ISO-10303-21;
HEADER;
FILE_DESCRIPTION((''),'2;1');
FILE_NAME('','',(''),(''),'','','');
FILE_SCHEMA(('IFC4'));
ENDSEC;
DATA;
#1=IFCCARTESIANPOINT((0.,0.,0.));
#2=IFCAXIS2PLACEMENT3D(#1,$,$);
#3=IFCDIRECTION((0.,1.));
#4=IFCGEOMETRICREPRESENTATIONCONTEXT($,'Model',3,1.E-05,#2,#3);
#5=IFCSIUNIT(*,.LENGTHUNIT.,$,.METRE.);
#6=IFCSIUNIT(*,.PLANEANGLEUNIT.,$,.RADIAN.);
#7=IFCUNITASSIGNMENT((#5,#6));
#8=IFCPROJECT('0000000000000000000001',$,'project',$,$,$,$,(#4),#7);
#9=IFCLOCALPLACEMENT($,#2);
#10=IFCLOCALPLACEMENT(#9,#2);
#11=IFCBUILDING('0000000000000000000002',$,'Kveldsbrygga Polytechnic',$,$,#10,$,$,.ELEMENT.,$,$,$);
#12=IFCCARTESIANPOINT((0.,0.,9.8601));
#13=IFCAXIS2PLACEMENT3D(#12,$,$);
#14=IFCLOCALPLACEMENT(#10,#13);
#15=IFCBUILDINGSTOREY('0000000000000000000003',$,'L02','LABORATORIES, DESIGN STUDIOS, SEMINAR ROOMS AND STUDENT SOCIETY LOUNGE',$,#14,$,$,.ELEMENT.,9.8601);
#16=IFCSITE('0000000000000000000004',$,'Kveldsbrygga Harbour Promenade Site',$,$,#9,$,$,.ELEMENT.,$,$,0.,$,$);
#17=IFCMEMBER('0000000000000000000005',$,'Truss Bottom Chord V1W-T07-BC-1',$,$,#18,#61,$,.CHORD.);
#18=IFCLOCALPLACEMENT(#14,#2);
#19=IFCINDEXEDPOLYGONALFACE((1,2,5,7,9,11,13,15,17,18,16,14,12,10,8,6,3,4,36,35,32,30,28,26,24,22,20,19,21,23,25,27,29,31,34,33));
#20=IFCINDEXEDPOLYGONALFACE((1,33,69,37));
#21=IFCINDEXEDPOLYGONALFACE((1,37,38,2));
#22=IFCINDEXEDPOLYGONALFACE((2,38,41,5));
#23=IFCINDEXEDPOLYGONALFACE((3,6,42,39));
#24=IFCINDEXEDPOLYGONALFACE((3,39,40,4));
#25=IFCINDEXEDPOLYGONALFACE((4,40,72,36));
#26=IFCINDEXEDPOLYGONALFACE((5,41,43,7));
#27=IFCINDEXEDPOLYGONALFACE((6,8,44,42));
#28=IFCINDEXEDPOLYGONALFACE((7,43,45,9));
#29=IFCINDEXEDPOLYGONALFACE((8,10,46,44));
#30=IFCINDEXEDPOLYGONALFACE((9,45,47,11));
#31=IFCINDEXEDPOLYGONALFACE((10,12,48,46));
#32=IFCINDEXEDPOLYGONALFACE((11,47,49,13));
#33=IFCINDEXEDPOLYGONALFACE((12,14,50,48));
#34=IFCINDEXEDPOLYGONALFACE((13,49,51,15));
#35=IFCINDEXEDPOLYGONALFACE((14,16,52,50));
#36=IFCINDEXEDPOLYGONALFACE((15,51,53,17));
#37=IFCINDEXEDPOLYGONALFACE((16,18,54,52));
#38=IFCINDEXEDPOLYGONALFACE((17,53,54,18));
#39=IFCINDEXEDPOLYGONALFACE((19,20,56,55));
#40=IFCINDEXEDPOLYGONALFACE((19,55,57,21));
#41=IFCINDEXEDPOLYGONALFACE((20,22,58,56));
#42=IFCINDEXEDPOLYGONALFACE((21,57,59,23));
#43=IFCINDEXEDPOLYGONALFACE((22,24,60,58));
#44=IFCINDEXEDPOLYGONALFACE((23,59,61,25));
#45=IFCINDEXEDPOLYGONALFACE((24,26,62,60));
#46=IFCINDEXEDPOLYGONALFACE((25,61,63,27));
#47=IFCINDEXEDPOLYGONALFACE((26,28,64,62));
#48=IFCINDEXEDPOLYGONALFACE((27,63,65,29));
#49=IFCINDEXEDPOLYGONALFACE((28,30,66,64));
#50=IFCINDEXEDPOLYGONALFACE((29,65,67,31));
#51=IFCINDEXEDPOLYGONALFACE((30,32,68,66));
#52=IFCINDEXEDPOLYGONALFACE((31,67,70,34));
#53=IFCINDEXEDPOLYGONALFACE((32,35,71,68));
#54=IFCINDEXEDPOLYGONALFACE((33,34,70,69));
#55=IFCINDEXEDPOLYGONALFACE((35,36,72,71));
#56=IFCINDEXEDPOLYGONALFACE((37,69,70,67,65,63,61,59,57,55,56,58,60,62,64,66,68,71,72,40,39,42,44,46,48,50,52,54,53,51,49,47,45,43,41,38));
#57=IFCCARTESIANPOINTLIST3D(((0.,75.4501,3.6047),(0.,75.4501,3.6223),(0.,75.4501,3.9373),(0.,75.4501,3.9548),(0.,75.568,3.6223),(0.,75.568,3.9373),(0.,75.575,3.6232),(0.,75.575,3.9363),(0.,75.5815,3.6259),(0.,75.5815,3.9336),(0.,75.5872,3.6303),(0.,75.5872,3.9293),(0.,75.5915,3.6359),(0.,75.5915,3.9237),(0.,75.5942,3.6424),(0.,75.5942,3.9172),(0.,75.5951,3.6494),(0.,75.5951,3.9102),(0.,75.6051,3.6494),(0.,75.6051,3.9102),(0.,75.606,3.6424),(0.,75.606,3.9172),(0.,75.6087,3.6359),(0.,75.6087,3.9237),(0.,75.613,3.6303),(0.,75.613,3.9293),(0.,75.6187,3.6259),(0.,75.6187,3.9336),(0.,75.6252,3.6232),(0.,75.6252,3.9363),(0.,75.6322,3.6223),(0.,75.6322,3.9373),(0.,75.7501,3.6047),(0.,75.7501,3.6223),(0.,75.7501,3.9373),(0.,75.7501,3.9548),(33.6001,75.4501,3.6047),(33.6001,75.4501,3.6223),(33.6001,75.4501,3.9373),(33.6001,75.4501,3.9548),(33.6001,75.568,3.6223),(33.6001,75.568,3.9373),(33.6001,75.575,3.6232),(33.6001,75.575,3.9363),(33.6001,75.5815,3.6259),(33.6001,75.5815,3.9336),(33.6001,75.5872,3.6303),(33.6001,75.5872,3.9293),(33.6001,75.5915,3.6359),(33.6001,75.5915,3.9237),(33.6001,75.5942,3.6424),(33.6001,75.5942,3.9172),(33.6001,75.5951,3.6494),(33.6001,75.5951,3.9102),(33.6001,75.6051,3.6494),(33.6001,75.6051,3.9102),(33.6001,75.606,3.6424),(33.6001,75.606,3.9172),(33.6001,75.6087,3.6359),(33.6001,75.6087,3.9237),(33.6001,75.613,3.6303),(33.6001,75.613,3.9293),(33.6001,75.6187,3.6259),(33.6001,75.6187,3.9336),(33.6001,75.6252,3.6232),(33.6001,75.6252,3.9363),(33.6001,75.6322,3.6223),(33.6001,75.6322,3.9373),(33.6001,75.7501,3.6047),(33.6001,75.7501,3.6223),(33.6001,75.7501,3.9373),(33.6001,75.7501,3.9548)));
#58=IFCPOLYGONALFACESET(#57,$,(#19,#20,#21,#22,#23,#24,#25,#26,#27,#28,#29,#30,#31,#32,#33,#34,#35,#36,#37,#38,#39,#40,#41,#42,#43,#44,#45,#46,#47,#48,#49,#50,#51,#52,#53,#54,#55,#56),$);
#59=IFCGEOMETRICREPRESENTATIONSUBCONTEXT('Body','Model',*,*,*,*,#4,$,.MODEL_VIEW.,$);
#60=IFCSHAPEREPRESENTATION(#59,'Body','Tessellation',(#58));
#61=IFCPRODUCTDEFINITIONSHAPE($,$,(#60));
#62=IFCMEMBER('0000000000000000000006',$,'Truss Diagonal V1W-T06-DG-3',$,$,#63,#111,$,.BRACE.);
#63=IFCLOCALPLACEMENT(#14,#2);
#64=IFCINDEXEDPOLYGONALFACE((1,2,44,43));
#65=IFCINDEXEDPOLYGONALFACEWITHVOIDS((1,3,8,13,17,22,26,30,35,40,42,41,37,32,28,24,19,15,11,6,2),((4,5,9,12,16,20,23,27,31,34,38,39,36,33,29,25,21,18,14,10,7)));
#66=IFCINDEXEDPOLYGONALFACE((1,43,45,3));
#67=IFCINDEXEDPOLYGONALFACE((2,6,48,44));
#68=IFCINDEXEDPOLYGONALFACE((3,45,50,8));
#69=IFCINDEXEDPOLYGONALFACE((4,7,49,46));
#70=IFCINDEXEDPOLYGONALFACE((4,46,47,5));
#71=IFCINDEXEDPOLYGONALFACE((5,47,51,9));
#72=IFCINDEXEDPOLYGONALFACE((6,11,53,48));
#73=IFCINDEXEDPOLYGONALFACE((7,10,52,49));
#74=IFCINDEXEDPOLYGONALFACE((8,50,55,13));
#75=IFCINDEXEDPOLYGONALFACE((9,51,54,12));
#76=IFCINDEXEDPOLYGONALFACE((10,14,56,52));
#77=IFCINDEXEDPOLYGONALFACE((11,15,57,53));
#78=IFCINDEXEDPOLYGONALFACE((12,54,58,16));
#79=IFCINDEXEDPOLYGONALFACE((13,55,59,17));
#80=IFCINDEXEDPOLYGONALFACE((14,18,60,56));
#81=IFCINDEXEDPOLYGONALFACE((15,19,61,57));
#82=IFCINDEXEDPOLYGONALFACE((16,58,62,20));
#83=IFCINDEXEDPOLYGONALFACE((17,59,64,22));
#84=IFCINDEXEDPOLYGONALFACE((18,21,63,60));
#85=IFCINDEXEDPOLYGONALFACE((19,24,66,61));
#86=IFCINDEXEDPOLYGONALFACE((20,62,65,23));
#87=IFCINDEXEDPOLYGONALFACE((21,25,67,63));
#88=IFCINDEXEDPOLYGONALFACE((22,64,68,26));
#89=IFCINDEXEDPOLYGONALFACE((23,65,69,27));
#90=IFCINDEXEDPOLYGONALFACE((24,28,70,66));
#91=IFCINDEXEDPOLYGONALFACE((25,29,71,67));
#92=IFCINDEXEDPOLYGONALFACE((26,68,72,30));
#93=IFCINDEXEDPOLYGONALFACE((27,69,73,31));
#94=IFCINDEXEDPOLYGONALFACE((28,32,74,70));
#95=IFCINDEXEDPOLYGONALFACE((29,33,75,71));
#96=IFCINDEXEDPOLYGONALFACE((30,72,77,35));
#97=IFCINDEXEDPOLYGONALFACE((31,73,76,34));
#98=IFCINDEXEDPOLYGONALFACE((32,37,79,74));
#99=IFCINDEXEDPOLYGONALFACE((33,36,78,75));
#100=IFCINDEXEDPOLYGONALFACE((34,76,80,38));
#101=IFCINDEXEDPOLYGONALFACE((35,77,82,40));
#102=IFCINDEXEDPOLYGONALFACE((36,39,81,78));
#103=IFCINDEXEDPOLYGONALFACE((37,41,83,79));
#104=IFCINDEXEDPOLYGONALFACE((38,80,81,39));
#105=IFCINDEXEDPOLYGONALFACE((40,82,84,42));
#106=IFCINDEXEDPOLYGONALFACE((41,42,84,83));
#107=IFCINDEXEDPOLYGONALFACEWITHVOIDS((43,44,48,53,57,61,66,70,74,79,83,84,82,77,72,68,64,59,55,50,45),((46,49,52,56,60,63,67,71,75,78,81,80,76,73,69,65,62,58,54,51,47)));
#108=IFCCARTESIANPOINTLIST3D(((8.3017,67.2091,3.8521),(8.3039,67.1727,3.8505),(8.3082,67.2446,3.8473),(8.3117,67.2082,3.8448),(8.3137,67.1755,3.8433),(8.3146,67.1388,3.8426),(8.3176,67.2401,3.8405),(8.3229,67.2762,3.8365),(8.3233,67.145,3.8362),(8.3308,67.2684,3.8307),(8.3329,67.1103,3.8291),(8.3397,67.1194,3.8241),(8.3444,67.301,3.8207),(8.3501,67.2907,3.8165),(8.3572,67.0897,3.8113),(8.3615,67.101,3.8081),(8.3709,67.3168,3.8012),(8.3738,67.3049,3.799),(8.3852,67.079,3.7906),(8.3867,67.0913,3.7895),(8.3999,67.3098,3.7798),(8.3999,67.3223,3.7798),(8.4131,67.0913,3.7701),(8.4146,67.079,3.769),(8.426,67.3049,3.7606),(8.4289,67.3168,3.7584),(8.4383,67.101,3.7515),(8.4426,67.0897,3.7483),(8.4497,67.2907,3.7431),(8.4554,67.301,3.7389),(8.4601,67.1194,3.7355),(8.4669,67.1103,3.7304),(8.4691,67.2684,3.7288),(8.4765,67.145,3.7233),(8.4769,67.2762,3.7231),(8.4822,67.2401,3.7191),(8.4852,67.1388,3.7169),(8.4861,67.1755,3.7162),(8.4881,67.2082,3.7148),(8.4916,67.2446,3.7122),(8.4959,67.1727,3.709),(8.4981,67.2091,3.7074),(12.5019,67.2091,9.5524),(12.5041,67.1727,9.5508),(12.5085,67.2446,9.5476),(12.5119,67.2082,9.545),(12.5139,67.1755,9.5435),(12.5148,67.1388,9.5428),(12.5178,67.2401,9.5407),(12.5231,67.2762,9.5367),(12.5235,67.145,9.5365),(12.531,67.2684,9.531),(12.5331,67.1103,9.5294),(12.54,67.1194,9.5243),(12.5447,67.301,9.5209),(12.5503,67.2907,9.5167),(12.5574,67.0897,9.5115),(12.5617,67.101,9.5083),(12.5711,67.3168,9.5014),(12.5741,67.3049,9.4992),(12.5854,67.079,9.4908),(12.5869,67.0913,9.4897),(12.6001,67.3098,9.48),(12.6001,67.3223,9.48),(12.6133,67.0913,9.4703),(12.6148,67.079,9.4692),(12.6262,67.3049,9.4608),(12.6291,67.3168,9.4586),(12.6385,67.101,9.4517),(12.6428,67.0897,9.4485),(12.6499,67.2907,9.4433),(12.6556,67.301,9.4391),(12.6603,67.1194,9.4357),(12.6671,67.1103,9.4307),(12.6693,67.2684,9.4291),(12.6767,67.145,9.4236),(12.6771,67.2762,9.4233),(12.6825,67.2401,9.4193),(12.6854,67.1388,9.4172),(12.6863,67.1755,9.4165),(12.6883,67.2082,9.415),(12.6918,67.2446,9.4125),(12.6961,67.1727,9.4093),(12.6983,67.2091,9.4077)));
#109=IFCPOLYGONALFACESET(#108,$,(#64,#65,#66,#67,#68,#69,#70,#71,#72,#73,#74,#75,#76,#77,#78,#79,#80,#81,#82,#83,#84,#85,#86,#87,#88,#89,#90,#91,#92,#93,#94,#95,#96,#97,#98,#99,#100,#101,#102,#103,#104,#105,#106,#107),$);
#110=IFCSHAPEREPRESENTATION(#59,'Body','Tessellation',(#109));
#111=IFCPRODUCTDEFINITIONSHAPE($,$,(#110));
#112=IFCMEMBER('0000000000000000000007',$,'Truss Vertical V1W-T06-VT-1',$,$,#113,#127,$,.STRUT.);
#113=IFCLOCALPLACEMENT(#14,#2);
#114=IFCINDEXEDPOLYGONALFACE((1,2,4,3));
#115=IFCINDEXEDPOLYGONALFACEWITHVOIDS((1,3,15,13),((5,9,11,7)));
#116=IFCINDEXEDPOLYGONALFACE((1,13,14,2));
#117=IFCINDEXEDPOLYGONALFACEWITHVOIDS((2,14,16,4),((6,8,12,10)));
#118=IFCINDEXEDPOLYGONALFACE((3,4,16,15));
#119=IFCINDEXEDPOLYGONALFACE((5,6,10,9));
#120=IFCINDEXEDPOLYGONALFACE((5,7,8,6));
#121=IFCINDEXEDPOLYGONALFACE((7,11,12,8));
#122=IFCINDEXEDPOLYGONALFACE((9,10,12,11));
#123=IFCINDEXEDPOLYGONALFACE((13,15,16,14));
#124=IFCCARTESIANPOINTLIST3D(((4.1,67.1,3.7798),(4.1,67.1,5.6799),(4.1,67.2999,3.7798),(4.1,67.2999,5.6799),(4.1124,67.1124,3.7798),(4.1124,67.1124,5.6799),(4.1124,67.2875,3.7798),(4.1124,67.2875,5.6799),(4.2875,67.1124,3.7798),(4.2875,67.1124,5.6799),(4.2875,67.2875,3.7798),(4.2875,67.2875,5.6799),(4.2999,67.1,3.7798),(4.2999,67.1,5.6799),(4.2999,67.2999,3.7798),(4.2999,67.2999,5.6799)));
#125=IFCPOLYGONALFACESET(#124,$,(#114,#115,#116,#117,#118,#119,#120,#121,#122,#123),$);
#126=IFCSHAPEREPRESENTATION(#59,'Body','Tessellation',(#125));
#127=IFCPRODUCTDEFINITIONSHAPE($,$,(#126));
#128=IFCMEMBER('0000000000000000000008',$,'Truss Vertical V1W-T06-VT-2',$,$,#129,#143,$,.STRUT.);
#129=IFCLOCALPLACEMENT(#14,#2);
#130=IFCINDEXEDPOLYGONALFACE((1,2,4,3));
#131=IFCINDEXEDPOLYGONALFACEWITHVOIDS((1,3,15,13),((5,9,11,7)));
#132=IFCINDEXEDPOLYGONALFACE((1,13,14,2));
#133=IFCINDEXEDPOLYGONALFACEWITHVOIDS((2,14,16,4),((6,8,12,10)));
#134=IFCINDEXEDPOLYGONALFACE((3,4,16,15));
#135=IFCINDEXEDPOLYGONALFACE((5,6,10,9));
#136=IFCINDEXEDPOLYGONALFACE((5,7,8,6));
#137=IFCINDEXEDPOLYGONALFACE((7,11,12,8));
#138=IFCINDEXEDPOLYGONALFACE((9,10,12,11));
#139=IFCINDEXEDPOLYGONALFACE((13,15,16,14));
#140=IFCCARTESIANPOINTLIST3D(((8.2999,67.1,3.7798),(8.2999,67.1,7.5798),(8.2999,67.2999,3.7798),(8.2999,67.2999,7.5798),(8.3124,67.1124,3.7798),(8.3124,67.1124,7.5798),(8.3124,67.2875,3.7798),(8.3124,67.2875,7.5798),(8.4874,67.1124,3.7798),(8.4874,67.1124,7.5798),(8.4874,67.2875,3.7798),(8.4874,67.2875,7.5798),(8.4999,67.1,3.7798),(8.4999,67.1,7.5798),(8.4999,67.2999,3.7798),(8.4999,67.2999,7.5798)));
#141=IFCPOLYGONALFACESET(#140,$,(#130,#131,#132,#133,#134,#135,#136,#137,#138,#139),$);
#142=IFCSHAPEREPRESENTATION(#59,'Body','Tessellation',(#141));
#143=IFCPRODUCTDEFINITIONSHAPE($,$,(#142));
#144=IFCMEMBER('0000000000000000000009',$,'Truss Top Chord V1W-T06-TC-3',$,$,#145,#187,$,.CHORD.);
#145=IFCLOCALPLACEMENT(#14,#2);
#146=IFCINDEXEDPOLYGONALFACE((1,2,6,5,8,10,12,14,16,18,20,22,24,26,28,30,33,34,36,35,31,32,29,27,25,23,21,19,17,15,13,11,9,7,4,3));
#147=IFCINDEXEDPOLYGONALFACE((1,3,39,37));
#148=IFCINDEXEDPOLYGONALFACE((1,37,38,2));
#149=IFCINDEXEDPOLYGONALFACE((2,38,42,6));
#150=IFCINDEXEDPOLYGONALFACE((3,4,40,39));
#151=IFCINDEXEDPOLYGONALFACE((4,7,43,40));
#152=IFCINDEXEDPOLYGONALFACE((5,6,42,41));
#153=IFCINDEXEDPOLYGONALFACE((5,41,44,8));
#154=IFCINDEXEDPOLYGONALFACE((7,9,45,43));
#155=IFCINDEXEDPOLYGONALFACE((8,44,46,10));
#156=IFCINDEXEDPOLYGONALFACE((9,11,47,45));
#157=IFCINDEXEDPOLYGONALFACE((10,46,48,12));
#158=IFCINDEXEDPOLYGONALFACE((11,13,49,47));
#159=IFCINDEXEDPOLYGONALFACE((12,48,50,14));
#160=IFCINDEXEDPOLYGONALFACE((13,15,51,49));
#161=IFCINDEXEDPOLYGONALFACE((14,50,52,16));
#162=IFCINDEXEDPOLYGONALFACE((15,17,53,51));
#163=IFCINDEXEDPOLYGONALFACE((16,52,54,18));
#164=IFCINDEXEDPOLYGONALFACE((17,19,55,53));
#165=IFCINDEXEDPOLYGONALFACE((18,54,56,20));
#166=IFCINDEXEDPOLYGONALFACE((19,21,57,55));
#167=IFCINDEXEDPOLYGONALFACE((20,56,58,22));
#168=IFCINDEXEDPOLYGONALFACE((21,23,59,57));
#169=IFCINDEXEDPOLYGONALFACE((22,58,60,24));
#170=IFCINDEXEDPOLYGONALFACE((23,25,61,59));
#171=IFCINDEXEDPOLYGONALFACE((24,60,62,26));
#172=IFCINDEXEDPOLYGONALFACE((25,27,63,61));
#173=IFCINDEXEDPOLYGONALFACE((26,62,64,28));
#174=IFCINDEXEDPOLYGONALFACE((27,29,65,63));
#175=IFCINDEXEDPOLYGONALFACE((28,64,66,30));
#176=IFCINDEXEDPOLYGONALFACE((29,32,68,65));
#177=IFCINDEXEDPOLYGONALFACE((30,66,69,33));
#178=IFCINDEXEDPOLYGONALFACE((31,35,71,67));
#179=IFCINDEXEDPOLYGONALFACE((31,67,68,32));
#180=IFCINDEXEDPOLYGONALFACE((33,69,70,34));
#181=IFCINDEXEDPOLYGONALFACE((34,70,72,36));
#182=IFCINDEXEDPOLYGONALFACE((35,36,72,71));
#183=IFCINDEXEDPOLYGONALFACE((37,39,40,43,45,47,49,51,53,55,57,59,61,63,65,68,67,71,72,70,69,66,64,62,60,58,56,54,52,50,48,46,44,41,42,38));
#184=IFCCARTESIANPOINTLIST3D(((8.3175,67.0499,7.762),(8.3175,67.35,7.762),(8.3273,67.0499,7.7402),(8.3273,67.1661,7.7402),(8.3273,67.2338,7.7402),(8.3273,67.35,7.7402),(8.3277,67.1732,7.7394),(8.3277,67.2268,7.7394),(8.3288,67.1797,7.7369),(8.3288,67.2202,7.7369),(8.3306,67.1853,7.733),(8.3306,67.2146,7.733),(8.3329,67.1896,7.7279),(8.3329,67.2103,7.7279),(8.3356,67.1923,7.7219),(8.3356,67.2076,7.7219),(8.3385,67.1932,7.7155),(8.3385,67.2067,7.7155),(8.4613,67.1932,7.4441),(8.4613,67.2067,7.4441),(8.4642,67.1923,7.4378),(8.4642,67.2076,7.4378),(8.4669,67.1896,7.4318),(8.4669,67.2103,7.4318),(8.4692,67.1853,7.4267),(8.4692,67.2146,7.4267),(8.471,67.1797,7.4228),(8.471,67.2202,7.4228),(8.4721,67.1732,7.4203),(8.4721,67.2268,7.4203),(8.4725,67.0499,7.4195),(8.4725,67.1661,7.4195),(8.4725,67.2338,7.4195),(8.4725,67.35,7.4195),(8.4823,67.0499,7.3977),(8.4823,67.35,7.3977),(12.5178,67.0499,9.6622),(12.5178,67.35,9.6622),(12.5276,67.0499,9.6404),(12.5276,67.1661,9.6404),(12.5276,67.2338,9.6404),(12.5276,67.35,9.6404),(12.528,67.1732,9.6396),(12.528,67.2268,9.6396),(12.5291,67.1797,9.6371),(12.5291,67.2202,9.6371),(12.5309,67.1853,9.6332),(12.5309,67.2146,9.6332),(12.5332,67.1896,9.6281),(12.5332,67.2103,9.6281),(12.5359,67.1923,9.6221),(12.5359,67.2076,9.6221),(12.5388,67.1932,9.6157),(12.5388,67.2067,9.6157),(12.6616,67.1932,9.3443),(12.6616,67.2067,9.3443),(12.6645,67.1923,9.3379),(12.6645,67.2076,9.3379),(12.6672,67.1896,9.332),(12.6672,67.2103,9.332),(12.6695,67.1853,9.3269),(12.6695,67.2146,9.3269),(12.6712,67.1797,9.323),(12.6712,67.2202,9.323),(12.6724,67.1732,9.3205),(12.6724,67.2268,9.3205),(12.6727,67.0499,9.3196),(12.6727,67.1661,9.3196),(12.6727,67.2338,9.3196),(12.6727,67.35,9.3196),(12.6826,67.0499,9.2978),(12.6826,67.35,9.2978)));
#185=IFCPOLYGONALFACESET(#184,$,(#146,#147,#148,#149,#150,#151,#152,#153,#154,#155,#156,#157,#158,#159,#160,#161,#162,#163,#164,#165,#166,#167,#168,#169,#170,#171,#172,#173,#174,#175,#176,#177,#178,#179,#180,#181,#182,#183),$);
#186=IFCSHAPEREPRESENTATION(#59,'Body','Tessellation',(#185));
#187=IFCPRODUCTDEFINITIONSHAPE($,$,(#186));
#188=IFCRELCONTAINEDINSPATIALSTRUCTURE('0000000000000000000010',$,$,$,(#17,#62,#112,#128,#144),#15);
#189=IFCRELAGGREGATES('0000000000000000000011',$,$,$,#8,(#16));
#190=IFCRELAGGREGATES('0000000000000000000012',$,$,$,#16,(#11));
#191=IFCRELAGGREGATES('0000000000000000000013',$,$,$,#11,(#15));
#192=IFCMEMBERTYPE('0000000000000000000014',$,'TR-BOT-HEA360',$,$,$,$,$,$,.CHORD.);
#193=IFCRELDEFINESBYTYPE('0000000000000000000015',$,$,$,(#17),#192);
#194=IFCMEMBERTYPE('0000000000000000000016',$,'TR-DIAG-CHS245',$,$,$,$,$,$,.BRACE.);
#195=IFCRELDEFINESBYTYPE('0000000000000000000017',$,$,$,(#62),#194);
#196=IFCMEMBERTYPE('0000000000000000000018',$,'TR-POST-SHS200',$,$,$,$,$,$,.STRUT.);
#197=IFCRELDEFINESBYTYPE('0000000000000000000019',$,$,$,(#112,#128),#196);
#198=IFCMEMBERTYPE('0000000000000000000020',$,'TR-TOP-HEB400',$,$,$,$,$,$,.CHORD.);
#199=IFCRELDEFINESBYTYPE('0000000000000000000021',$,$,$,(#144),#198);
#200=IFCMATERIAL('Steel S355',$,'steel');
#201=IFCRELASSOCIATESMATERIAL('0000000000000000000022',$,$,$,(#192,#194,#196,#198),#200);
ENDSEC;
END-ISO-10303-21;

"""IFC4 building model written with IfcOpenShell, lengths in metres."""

from ifc_helpers import new_model, si_unit, direction, frame, origin, origin_2d, place, context, subcontext, project, spatial, hollow_rectangle, hollow_circle, i_section, extrude, material, material_profile, profile_set, type_object, element, save


model = new_model("IFC4")

# Units and contexts
model_context = context("Model", 3, precision=1e-05, world=origin(), true_north=direction((0.0, 1.0)))
body_context = subcontext(model_context, "Body", "Model", "MODEL_VIEW")
ifc_project = project(units=[si_unit("LENGTHUNIT", "METRE"), si_unit("PLANEANGLEUNIT", "RADIAN")], contexts=[model_context])

# Site, building, storey
site_placement = place(None, origin())
site = spatial("IfcSite", under=ifc_project, at=site_placement, Name="Kveldsbrygga Harbour Promenade Site", CompositionType="ELEMENT", RefElevation=0.0)
building_placement = place(site_placement, origin())
building = spatial("IfcBuilding", under=site, at=building_placement, Name="Kveldsbrygga Polytechnic", CompositionType="ELEMENT")
storey_placement = place(building_placement, frame((0.0, 0.0, 9.8601)))
storey = spatial("IfcBuildingStorey", under=building, at=storey_placement, Name="L02", Description="LABORATORIES, DESIGN STUDIOS, SEMINAR ROOMS AND STUDENT SOCIETY LOUNGE", CompositionType="ELEMENT", Elevation=9.8601)

# Shared definitions
ifc_material_1 = material(Name="Steel S355", Category="steel")

# Members
ifc_material_profile_1 = material_profile(ifc_material_1, i_section(OverallWidth=0.3, OverallDepth=0.3501, WebThickness=0.01, FlangeThickness=0.0176, FilletRadius=0.0271, at=origin_2d()), Name="HEA 360")
ifc_profile_set_1 = profile_set([ifc_material_profile_1], Name="Steel S355")
member_type_1 = type_object("IfcMemberType", Name="TR-BOT-HEA360", PredefinedType="CHORD", material=ifc_profile_set_1)
member_1_placement = place(storey_placement, frame((0.0, 75.6001, 3.7798), z_axis=(1.0, 0.0, 0.0), x_axis=(0.0, 1.0, 0.0)))
element("IfcMember", 1, at=member_1_placement, inside=storey, type_object=member_type_1, Name="Truss Bottom Chord V1W-T07-BC-1", PredefinedType="CHORD", context=body_context, shape_type="SweptSolid", body=[
    extrude(i_section(OverallWidth=0.3, OverallDepth=0.3501, WebThickness=0.01, FlangeThickness=0.0176, FilletRadius=0.0271, at=origin_2d()), origin(), (0.0, 0.0, 1.0), 33.6001),
])
ifc_material_profile_2 = material_profile(ifc_material_1, hollow_circle(Radius=0.1223, WallThickness=0.0125, at=origin_2d()), Name="CHS 244.5x12.5")
ifc_profile_set_2 = profile_set([ifc_material_profile_2], Name="Steel S355")
member_type_2 = type_object("IfcMemberType", Name="TR-DIAG-CHS245", PredefinedType="BRACE", material=ifc_profile_set_2)
member_2_placement = place(storey_placement, frame((8.3999, 67.2, 3.7798), z_axis=(0.593204, 0.0, 0.805052), x_axis=(0.0, 1.0, 0.0)))
element("IfcMember", 2, at=member_2_placement, inside=storey, type_object=member_type_2, Name="Truss Diagonal V1W-T06-DG-3", PredefinedType="BRACE", context=body_context, shape_type="SweptSolid", body=[
    extrude(hollow_circle(Radius=0.1223, WallThickness=0.0125, at=origin_2d()), origin(), (0.0, 0.0, 1.0), 7.0806),
])
ifc_material_profile_3 = material_profile(ifc_material_1, hollow_rectangle(XDim=0.2, YDim=0.2, WallThickness=0.0125, at=origin_2d()), Name="SHS 200x200x12.5")
ifc_profile_set_3 = profile_set([ifc_material_profile_3], Name="Steel S355")
member_type_3 = type_object("IfcMemberType", Name="TR-POST-SHS200", PredefinedType="STRUT", material=ifc_profile_set_3)
member_3_placement = place(storey_placement, frame((4.2, 67.2, 3.7798), z_axis=(0.0, 0.0, 1.0), x_axis=(1.0, 0.0, 0.0)))
element("IfcMember", 3, at=member_3_placement, inside=storey, type_object=member_type_3, Name="Truss Vertical V1W-T06-VT-1", PredefinedType="STRUT", context=body_context, shape_type="SweptSolid", body=[
    extrude(hollow_rectangle(XDim=0.2, YDim=0.2, WallThickness=0.0125, at=origin_2d()), origin(), (0.0, 0.0, 1.0), 1.9001),
])
member_4_placement = place(storey_placement, frame((8.3999, 67.2, 3.7798), z_axis=(0.0, 0.0, 1.0), x_axis=(1.0, 0.0, 0.0)))
element("IfcMember", 4, at=member_4_placement, inside=storey, type_object=member_type_3, Name="Truss Vertical V1W-T06-VT-2", PredefinedType="STRUT", context=body_context, shape_type="SweptSolid", body=[
    extrude(hollow_rectangle(XDim=0.2, YDim=0.2, WallThickness=0.0125, at=origin_2d()), origin(), (0.0, 0.0, 1.0), 3.8),
])
ifc_material_profile_4 = material_profile(ifc_material_1, i_section(OverallWidth=0.3, OverallDepth=0.3999, WebThickness=0.0134, FlangeThickness=0.0239, FilletRadius=0.0271, at=origin_2d()), Name="HEB 400")
ifc_profile_set_4 = profile_set([ifc_material_profile_4], Name="Steel S355")
member_type_4 = type_object("IfcMemberType", Name="TR-TOP-HEB400", PredefinedType="CHORD", material=ifc_profile_set_4)
member_5_placement = place(storey_placement, frame((8.3999, 67.2, 7.5798), z_axis=(0.911103, 0.0, 0.412178), x_axis=(0.0, 1.0, 0.0)))
element("IfcMember", 5, at=member_5_placement, inside=storey, type_object=member_type_4, Name="Truss Top Chord V1W-T06-TC-3", PredefinedType="CHORD", context=body_context, shape_type="SweptSolid", body=[
    extrude(i_section(OverallWidth=0.3, OverallDepth=0.3999, WebThickness=0.0134, FlangeThickness=0.0239, FilletRadius=0.0271, at=origin_2d()), origin(), (0.0, 0.0, 1.0), 4.6101),
])

save(model, "model.ifc")
